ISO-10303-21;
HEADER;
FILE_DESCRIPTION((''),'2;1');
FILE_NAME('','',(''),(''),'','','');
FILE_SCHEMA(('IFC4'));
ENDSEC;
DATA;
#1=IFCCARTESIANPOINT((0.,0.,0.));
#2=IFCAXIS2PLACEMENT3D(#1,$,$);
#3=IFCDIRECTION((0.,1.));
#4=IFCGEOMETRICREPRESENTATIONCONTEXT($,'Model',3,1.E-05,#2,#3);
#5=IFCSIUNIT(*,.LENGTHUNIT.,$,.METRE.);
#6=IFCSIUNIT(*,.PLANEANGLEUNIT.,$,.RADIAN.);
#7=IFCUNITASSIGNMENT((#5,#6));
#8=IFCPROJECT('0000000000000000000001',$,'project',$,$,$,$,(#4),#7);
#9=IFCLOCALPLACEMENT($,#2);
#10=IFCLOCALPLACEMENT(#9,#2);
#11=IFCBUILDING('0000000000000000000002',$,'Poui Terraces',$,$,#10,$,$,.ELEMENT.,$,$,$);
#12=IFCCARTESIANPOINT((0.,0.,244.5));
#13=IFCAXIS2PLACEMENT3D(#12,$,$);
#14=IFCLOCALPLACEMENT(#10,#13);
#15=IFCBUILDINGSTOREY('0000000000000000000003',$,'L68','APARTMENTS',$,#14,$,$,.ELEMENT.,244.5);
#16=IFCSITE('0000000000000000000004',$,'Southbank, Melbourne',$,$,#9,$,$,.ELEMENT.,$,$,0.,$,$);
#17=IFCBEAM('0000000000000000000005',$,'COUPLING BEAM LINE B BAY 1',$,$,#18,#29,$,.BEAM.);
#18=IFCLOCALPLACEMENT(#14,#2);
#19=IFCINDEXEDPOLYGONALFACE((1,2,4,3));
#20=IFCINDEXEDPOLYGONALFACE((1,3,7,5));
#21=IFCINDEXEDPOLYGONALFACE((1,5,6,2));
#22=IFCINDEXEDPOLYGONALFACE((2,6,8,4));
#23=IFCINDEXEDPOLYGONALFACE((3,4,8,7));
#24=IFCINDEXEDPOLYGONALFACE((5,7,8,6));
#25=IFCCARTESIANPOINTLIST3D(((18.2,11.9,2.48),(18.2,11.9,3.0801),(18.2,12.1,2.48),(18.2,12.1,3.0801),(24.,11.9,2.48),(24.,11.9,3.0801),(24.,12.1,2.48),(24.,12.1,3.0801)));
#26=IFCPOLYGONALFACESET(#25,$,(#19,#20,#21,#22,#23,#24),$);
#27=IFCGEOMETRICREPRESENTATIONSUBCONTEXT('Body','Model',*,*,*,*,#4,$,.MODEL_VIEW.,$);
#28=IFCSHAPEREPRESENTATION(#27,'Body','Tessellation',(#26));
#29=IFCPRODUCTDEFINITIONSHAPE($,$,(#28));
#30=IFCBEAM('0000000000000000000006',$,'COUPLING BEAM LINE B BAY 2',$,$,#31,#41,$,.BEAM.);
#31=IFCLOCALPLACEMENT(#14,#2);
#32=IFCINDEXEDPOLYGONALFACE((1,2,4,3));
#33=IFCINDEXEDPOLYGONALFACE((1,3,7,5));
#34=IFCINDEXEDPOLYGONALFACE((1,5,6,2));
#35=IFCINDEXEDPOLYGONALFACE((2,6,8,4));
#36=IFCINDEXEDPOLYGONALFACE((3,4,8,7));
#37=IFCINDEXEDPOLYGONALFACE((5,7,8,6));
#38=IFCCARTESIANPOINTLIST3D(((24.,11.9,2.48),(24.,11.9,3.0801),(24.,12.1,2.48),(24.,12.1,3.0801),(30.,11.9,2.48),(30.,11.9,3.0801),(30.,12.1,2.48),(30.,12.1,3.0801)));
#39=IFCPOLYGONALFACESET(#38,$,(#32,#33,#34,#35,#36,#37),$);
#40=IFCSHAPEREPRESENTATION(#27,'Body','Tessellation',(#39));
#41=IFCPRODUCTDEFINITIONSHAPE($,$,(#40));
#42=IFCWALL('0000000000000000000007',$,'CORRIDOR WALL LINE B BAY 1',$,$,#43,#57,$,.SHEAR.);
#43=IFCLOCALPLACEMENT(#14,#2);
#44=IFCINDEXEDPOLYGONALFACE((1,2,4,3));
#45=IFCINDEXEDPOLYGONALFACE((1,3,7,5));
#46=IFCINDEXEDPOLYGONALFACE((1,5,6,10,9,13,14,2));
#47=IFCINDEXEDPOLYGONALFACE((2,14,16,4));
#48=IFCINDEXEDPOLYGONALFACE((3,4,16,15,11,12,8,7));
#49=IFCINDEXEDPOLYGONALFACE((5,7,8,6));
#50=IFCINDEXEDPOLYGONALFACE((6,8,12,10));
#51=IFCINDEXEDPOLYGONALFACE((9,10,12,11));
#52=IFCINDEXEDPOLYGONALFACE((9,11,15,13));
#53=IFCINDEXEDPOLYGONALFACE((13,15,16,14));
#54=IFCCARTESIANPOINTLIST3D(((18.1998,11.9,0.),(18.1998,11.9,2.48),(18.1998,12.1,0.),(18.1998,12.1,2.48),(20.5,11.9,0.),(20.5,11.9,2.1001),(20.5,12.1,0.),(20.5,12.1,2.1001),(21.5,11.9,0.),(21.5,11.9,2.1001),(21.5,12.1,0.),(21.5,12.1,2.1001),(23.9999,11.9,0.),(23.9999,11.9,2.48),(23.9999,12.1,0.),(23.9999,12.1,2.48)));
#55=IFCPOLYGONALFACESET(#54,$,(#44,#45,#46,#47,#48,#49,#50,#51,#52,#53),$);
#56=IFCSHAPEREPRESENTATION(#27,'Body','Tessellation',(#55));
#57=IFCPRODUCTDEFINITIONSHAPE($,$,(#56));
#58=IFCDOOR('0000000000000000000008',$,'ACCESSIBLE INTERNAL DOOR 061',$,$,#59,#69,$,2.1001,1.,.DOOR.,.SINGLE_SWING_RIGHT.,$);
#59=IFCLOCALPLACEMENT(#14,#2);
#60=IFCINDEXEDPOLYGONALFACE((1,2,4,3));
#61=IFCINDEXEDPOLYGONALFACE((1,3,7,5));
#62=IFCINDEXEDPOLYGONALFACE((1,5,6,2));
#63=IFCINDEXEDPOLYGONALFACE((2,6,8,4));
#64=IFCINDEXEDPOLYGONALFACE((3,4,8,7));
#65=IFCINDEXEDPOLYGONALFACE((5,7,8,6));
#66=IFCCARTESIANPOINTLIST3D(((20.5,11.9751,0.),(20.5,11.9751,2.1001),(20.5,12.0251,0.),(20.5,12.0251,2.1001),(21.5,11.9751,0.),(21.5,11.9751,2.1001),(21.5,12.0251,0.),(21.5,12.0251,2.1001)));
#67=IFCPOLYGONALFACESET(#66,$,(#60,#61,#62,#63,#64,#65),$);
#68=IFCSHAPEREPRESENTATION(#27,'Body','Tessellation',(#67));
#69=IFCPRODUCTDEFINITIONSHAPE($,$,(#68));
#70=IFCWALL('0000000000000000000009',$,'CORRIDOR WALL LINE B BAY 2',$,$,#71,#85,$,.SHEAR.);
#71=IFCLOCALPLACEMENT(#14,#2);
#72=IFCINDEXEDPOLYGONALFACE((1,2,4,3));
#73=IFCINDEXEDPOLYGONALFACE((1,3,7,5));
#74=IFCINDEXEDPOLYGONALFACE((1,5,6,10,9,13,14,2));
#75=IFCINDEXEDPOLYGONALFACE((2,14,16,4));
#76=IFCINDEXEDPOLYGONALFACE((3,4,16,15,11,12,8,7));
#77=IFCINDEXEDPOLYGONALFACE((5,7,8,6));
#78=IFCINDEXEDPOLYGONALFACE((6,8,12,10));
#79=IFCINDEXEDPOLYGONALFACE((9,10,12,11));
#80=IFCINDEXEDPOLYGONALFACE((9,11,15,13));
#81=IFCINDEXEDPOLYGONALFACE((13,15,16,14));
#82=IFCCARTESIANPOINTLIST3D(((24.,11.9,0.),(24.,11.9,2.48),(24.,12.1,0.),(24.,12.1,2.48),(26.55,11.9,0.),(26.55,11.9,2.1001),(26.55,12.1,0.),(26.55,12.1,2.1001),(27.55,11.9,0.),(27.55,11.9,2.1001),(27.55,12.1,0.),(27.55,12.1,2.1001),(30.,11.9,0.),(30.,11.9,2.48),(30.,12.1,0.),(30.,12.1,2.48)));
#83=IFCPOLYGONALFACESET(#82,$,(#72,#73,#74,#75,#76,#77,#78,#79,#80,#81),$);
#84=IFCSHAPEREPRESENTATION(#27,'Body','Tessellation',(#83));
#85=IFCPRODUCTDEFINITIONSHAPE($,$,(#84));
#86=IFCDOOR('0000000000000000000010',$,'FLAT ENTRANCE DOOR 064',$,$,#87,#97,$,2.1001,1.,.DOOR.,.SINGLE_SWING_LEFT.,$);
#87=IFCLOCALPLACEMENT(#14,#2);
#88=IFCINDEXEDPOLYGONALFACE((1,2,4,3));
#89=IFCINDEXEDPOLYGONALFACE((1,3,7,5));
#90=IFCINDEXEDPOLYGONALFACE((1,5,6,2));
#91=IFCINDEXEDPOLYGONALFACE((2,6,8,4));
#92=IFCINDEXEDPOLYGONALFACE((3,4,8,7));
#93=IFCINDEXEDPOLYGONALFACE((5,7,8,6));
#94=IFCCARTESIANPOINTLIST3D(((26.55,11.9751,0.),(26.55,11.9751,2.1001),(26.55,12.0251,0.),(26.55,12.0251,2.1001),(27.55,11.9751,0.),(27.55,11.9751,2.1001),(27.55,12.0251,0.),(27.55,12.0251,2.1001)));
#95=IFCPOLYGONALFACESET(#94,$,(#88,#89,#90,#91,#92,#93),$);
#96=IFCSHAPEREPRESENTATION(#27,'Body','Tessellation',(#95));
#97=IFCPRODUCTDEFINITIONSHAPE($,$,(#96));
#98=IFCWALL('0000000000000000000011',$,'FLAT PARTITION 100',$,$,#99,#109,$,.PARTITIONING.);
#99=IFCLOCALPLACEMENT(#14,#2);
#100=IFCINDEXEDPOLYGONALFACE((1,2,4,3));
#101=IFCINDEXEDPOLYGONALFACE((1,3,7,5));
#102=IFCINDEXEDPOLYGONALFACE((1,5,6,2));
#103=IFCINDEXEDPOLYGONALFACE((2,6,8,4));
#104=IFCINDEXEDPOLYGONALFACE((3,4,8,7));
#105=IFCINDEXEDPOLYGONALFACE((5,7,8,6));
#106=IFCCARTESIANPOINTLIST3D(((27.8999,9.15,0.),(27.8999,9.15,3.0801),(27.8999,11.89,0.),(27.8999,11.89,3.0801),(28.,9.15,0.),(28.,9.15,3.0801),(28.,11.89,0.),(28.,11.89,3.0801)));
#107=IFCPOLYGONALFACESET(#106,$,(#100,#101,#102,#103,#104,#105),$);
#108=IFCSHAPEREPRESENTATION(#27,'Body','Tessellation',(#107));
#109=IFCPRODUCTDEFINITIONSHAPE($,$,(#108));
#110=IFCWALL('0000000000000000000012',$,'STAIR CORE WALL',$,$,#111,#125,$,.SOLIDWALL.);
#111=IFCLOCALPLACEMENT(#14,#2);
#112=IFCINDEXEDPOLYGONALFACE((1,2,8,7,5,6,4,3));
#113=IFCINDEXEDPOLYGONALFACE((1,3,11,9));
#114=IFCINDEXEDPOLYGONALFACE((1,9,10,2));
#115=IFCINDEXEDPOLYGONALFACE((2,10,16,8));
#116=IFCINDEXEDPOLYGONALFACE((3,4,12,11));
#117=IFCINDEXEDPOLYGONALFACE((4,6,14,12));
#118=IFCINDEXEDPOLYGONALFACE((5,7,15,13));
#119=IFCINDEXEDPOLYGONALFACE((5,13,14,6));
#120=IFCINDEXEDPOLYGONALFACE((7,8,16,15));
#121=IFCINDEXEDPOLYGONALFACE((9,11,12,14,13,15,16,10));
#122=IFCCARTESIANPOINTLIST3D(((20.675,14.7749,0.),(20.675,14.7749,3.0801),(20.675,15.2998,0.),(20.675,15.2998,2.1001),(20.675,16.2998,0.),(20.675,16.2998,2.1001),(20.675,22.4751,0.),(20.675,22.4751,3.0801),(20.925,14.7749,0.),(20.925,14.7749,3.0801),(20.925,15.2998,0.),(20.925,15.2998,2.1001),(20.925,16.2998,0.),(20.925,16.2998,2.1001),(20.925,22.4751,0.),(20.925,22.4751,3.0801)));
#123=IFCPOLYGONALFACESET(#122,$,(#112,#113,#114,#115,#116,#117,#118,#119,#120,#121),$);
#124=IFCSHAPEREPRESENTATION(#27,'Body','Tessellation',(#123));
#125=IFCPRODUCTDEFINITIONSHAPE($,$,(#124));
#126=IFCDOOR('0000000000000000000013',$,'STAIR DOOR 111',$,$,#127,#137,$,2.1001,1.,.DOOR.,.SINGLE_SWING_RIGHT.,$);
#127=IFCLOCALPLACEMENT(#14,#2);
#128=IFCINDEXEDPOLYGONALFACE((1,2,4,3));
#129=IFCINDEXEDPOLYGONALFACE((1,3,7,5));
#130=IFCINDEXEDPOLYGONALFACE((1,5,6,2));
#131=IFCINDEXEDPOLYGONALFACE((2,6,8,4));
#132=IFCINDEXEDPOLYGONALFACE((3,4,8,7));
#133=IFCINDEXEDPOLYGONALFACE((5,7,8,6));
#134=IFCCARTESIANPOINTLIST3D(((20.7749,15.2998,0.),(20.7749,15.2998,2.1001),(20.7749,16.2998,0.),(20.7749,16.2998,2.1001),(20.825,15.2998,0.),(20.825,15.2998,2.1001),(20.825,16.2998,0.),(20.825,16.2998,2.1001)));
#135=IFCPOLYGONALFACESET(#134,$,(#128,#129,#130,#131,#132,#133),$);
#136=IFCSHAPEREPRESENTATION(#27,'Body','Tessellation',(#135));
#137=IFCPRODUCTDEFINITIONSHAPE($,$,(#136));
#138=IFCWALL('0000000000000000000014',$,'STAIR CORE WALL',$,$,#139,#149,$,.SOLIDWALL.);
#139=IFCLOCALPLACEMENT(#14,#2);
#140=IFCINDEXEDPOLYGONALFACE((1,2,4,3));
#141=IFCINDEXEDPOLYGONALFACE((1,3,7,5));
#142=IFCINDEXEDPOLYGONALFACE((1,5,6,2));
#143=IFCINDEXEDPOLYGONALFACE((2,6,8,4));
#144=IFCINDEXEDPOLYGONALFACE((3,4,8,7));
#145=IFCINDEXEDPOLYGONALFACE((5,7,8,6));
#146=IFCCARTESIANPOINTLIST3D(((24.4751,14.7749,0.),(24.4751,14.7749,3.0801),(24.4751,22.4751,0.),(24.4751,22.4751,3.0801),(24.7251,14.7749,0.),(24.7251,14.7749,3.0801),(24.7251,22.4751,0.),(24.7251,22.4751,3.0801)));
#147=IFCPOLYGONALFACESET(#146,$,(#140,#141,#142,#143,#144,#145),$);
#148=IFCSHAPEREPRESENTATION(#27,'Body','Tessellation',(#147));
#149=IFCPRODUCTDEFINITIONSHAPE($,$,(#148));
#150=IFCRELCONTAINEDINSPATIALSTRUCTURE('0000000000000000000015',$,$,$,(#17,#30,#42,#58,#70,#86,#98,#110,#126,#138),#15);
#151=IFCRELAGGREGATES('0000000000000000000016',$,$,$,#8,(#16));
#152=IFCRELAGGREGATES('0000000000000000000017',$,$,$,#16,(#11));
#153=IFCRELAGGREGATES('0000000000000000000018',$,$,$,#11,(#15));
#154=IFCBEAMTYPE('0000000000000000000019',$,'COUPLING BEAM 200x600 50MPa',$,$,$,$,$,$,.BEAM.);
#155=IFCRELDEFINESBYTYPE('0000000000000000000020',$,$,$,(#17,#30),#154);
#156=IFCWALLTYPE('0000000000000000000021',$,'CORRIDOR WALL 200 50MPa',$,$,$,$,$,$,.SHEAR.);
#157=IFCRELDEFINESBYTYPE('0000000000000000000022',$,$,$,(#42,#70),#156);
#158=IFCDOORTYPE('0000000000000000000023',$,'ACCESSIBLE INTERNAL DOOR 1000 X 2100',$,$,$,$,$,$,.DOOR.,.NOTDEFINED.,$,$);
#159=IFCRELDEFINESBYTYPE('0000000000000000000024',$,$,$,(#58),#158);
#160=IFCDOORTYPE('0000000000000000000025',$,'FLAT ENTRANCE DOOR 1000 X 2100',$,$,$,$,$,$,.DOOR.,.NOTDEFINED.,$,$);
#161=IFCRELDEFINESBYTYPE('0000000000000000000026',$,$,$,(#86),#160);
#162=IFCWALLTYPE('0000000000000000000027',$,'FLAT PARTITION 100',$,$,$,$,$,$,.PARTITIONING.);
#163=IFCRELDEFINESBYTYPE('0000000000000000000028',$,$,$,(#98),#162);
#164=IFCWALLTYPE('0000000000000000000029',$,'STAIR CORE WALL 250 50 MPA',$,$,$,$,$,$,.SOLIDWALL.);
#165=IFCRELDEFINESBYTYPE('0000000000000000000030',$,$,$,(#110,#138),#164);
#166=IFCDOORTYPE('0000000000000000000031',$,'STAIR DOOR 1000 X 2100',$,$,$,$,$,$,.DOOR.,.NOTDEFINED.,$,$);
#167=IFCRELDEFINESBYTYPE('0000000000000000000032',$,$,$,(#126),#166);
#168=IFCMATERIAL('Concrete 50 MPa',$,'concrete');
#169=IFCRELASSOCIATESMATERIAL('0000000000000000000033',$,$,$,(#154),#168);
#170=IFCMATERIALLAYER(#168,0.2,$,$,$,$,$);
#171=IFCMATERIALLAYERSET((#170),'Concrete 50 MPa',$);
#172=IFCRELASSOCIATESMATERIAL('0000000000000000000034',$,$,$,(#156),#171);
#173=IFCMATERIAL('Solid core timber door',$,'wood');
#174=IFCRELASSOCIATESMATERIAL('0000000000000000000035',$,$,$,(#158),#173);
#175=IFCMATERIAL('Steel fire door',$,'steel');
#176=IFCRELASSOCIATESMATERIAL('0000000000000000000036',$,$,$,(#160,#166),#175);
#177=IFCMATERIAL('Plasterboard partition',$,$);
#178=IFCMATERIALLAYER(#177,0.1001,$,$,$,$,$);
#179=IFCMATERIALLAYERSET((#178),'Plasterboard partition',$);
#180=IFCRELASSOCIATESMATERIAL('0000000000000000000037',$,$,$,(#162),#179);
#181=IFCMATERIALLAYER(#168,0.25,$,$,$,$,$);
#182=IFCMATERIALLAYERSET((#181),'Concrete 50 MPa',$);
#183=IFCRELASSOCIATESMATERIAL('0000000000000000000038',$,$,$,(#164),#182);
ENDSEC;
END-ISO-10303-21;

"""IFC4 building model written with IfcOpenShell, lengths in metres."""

from ifc_helpers import new_model, si_unit, direction, frame, frame_2d, origin, origin_2d, place, context, subcontext, project, spatial, rectangle, extrude, source, transform, mapped, material, layer, layer_set, material_profile, profile_set, type_object, element, fill, save


model = new_model("IFC4")

# Units and contexts
model_context = context("Model", 3, precision=1e-05, world=origin(), true_north=direction((0.0, 1.0)))
body_context = subcontext(model_context, "Body", "Model", "MODEL_VIEW")
ifc_project = project(units=[si_unit("LENGTHUNIT", "METRE"), si_unit("PLANEANGLEUNIT", "RADIAN")], contexts=[model_context])

# Site, building, storey
site_placement = place(None, origin())
site = spatial("IfcSite", under=ifc_project, at=site_placement, Name="Southbank, Melbourne", CompositionType="ELEMENT", RefElevation=0.0)
building_placement = place(site_placement, origin())
building = spatial("IfcBuilding", under=site, at=building_placement, Name="Poui Terraces", CompositionType="ELEMENT")
storey_placement = place(building_placement, frame((0.0, 0.0, 244.5)))
storey = spatial("IfcBuildingStorey", under=building, at=storey_placement, Name="L68", Description="APARTMENTS", CompositionType="ELEMENT", Elevation=244.5)

# Beams
ifc_material_1 = material(Name="Concrete 50 MPa", Category="concrete")
ifc_material_profile = material_profile(ifc_material_1, rectangle(XDim=0.2, YDim=0.6001, at=origin_2d()), Name="RC 200x600")
ifc_profile_set = profile_set([ifc_material_profile], Name="Concrete 50 MPa")
beam_type = type_object("IfcBeamType", Name="COUPLING BEAM 200x600 50MPa", PredefinedType="BEAM", material=ifc_profile_set)
shared_shape_1 = source(origin(), body_context, "Body", "SweptSolid", [
    extrude(rectangle(XDim=0.2, YDim=0.6001, at=origin_2d()), origin(), (0.0, 0.0, 1.0), 5.8),
])
beam_1_placement = place(storey_placement, frame((18.2, 12.0, 2.78), z_axis=(1.0, 0.0, 0.0), x_axis=(0.0, 1.0, 0.0)))
element("IfcBeam", 1, at=beam_1_placement, inside=storey, type_object=beam_type, Name="COUPLING BEAM LINE B BAY 1", PredefinedType="BEAM", context=body_context, shape_type="MappedRepresentation", body=[
    mapped(shared_shape_1, transform((0.0, 0.0, 0.0))),
])
shared_shape_2 = source(origin(), body_context, "Body", "SweptSolid", [
    extrude(rectangle(XDim=0.2, YDim=0.6001, at=origin_2d()), origin(), (0.0, 0.0, 1.0), 6.0),
])
beam_2_placement = place(storey_placement, frame((24.0, 12.0, 2.78), z_axis=(1.0, 0.0, 0.0), x_axis=(0.0, 1.0, 0.0)))
element("IfcBeam", 2, at=beam_2_placement, inside=storey, type_object=beam_type, Name="COUPLING BEAM LINE B BAY 2", PredefinedType="BEAM", context=body_context, shape_type="MappedRepresentation", body=[
    mapped(shared_shape_2, transform((0.0, 0.0, 0.0))),
])

# Walls, openings, doors
ifc_layer_1 = layer(ifc_material_1, 0.2)
ifc_layer_set_1 = layer_set([ifc_layer_1], Name="Concrete 50 MPa")
wall_type_1 = type_object("IfcWallType", Name="CORRIDOR WALL 200 50MPa", PredefinedType="SHEAR", material=ifc_layer_set_1)
wall_1_placement = place(storey_placement, frame((18.2, 12.0, 0.0), z_axis=(0.0, 0.0, 1.0), x_axis=(1.0, 0.0, 0.0)))
wall_1 = element("IfcWall", 3, at=wall_1_placement, inside=storey, type_object=wall_type_1, Name="CORRIDOR WALL LINE B BAY 1", PredefinedType="SHEAR", context=body_context, shape_type="SweptSolid", body=[
    extrude(rectangle(XDim=5.8, YDim=0.2, at=frame_2d((2.8999, 0.0))), origin(), (0.0, 0.0, 1.0), 2.48),
])
opening_1_placement = place(wall_1_placement, frame((2.3, 0.0, 0.0)))
opening_1 = element("IfcOpeningElement", 4, at=opening_1_placement, cuts=wall_1, PredefinedType="OPENING", context=body_context, shape_type="SweptSolid", body=[
    extrude(rectangle(XDim=1.0, YDim=2.1001, at=frame_2d((0.5, 1.05))), frame((0.0, 0.1099, 0.0), z_axis=(0.0, -1.0, 0.0), x_axis=(1.0, 0.0, 0.0)), (0.0, 0.0, 1.0), 0.22),
])
ifc_material_2 = material(Name="Solid core timber door", Category="wood")
door_type_1 = type_object("IfcDoorType", Name="ACCESSIBLE INTERNAL DOOR 1000 X 2100", OperationType="NOTDEFINED", PredefinedType="DOOR", material=ifc_material_2)
door_1_placement = place(opening_1_placement, frame((1.0, 0.0, 0.0), z_axis=(0.0, 0.0, 1.0), x_axis=(-1.0, 0.0, 0.0)))
door_1 = element("IfcDoor", 5, at=door_1_placement, inside=storey, type_object=door_type_1, Name="ACCESSIBLE INTERNAL DOOR 061", OperationType="SINGLE_SWING_RIGHT", OverallHeight=2.1001, OverallWidth=1.0, PredefinedType="DOOR", context=body_context, shape_type="SweptSolid", body=[
    extrude(rectangle(XDim=1.0, YDim=2.1001, at=frame_2d((0.5, 1.05))), frame((0.0, 0.0249, 0.0), z_axis=(0.0, -1.0, 0.0), x_axis=(1.0, 0.0, 0.0)), (0.0, 0.0, 1.0), 0.05),
])
fill(opening_1, door_1)
wall_2_placement = place(storey_placement, frame((24.0, 12.0, 0.0), z_axis=(0.0, 0.0, 1.0), x_axis=(1.0, 0.0, 0.0)))
wall_2 = element("IfcWall", 6, at=wall_2_placement, inside=storey, type_object=wall_type_1, Name="CORRIDOR WALL LINE B BAY 2", PredefinedType="SHEAR", context=body_context, shape_type="SweptSolid", body=[
    extrude(rectangle(XDim=6.0, YDim=0.2, at=frame_2d((3.0, 0.0))), origin(), (0.0, 0.0, 1.0), 2.48),
])
opening_2_placement = place(wall_2_placement, frame((2.55, 0.0, 0.0)))
opening_2 = element("IfcOpeningElement", 7, at=opening_2_placement, cuts=wall_2, PredefinedType="OPENING", context=body_context, shape_type="SweptSolid", body=[
    extrude(rectangle(XDim=1.0, YDim=2.1001, at=frame_2d((0.5, 1.05))), frame((0.0, 0.1099, 0.0), z_axis=(0.0, -1.0, 0.0), x_axis=(1.0, 0.0, 0.0)), (0.0, 0.0, 1.0), 0.22),
])
ifc_material_3 = material(Name="Steel fire door", Category="steel")
door_type_2 = type_object("IfcDoorType", Name="FLAT ENTRANCE DOOR 1000 X 2100", OperationType="NOTDEFINED", PredefinedType="DOOR", material=ifc_material_3)
door_2_placement = place(opening_2_placement, frame((1.0, 0.0, 0.0), z_axis=(0.0, 0.0, 1.0), x_axis=(-1.0, 0.0, 0.0)))
door_2 = element("IfcDoor", 8, at=door_2_placement, inside=storey, type_object=door_type_2, Name="FLAT ENTRANCE DOOR 064", OperationType="SINGLE_SWING_LEFT", OverallHeight=2.1001, OverallWidth=1.0, PredefinedType="DOOR", context=body_context, shape_type="SweptSolid", body=[
    extrude(rectangle(XDim=1.0, YDim=2.1001, at=frame_2d((0.5, 1.05))), frame((0.0, 0.0249, 0.0), z_axis=(0.0, -1.0, 0.0), x_axis=(1.0, 0.0, 0.0)), (0.0, 0.0, 1.0), 0.05),
])
fill(opening_2, door_2)

# Wall
ifc_material_4 = material(Name="Plasterboard partition")
ifc_layer_2 = layer(ifc_material_4, 0.1001)
ifc_layer_set_2 = layer_set([ifc_layer_2], Name="Plasterboard partition")
wall_type_2 = type_object("IfcWallType", Name="FLAT PARTITION 100", PredefinedType="PARTITIONING", material=ifc_layer_set_2)
wall_3_placement = place(storey_placement, frame((27.95, 9.1499, 0.0), z_axis=(0.0, 0.0, 1.0), x_axis=(0.0, 1.0, 0.0)))
element("IfcWall", 9, at=wall_3_placement, inside=storey, type_object=wall_type_2, Name="FLAT PARTITION 100", PredefinedType="PARTITIONING", context=body_context, shape_type="SweptSolid", body=[
    extrude(rectangle(XDim=2.74, YDim=0.1001, at=frame_2d((1.3701, 0.0))), origin(), (0.0, 0.0, 1.0), 3.0801),
])

# Shared definitions
door_type_3 = type_object("IfcDoorType", Name="STAIR DOOR 1000 X 2100", OperationType="NOTDEFINED", PredefinedType="DOOR", material=ifc_material_3)

# Wall, opening, door
ifc_layer_3 = layer(ifc_material_1, 0.25)
ifc_layer_set_3 = layer_set([ifc_layer_3], Name="Concrete 50 MPa")
wall_type_3 = type_object("IfcWallType", Name="STAIR CORE WALL 250 50 MPA", PredefinedType="SOLIDWALL", material=ifc_layer_set_3)
wall_4_placement = place(storey_placement, frame((20.8, 14.7749, 0.0), z_axis=(0.0, 0.0, 1.0), x_axis=(0.0, 1.0, 0.0)))
wall_4 = element("IfcWall", 10, at=wall_4_placement, inside=storey, type_object=wall_type_3, Name="STAIR CORE WALL", PredefinedType="SOLIDWALL", context=body_context, shape_type="SweptSolid", body=[
    extrude(rectangle(XDim=7.7002, YDim=0.25, at=frame_2d((3.8501, 0.0))), origin(), (0.0, 0.0, 1.0), 3.0801),
])
opening_3_placement = place(wall_4_placement, frame((0.5249, 0.0, 0.0)))
opening_3 = element("IfcOpeningElement", 11, at=opening_3_placement, cuts=wall_4, PredefinedType="OPENING", context=body_context, shape_type="SweptSolid", body=[
    extrude(rectangle(XDim=1.0, YDim=2.1001, at=frame_2d((0.5, 1.05))), frame((0.0, 0.135, 0.0), z_axis=(0.0, -1.0, 0.0), x_axis=(1.0, 0.0, 0.0)), (0.0, 0.0, 1.0), 0.27),
])
door_3_placement = place(opening_3_placement, frame((1.0, 0.0, 0.0), z_axis=(0.0, 0.0, 1.0), x_axis=(-1.0, 0.0, 0.0)))
door_3 = element("IfcDoor", 12, at=door_3_placement, inside=storey, type_object=door_type_3, Name="STAIR DOOR 111", OperationType="SINGLE_SWING_RIGHT", OverallHeight=2.1001, OverallWidth=1.0, PredefinedType="DOOR", context=body_context, shape_type="SweptSolid", body=[
    extrude(rectangle(XDim=1.0, YDim=2.1001, at=frame_2d((0.5, 1.05))), frame((0.0, 0.0249, 0.0), z_axis=(0.0, -1.0, 0.0), x_axis=(1.0, 0.0, 0.0)), (0.0, 0.0, 1.0), 0.05),
])
fill(opening_3, door_3)

# Wall
wall_5_placement = place(storey_placement, frame((24.6001, 14.7749, 0.0), z_axis=(0.0, 0.0, 1.0), x_axis=(0.0, 1.0, 0.0)))
element("IfcWall", 13, at=wall_5_placement, inside=storey, type_object=wall_type_3, Name="STAIR CORE WALL", PredefinedType="SOLIDWALL", context=body_context, shape_type="SweptSolid", body=[
    extrude(rectangle(XDim=7.7002, YDim=0.25, at=frame_2d((3.8501, 0.0))), origin(), (0.0, 0.0, 1.0), 3.0801),
])

save(model, "model.ifc")
